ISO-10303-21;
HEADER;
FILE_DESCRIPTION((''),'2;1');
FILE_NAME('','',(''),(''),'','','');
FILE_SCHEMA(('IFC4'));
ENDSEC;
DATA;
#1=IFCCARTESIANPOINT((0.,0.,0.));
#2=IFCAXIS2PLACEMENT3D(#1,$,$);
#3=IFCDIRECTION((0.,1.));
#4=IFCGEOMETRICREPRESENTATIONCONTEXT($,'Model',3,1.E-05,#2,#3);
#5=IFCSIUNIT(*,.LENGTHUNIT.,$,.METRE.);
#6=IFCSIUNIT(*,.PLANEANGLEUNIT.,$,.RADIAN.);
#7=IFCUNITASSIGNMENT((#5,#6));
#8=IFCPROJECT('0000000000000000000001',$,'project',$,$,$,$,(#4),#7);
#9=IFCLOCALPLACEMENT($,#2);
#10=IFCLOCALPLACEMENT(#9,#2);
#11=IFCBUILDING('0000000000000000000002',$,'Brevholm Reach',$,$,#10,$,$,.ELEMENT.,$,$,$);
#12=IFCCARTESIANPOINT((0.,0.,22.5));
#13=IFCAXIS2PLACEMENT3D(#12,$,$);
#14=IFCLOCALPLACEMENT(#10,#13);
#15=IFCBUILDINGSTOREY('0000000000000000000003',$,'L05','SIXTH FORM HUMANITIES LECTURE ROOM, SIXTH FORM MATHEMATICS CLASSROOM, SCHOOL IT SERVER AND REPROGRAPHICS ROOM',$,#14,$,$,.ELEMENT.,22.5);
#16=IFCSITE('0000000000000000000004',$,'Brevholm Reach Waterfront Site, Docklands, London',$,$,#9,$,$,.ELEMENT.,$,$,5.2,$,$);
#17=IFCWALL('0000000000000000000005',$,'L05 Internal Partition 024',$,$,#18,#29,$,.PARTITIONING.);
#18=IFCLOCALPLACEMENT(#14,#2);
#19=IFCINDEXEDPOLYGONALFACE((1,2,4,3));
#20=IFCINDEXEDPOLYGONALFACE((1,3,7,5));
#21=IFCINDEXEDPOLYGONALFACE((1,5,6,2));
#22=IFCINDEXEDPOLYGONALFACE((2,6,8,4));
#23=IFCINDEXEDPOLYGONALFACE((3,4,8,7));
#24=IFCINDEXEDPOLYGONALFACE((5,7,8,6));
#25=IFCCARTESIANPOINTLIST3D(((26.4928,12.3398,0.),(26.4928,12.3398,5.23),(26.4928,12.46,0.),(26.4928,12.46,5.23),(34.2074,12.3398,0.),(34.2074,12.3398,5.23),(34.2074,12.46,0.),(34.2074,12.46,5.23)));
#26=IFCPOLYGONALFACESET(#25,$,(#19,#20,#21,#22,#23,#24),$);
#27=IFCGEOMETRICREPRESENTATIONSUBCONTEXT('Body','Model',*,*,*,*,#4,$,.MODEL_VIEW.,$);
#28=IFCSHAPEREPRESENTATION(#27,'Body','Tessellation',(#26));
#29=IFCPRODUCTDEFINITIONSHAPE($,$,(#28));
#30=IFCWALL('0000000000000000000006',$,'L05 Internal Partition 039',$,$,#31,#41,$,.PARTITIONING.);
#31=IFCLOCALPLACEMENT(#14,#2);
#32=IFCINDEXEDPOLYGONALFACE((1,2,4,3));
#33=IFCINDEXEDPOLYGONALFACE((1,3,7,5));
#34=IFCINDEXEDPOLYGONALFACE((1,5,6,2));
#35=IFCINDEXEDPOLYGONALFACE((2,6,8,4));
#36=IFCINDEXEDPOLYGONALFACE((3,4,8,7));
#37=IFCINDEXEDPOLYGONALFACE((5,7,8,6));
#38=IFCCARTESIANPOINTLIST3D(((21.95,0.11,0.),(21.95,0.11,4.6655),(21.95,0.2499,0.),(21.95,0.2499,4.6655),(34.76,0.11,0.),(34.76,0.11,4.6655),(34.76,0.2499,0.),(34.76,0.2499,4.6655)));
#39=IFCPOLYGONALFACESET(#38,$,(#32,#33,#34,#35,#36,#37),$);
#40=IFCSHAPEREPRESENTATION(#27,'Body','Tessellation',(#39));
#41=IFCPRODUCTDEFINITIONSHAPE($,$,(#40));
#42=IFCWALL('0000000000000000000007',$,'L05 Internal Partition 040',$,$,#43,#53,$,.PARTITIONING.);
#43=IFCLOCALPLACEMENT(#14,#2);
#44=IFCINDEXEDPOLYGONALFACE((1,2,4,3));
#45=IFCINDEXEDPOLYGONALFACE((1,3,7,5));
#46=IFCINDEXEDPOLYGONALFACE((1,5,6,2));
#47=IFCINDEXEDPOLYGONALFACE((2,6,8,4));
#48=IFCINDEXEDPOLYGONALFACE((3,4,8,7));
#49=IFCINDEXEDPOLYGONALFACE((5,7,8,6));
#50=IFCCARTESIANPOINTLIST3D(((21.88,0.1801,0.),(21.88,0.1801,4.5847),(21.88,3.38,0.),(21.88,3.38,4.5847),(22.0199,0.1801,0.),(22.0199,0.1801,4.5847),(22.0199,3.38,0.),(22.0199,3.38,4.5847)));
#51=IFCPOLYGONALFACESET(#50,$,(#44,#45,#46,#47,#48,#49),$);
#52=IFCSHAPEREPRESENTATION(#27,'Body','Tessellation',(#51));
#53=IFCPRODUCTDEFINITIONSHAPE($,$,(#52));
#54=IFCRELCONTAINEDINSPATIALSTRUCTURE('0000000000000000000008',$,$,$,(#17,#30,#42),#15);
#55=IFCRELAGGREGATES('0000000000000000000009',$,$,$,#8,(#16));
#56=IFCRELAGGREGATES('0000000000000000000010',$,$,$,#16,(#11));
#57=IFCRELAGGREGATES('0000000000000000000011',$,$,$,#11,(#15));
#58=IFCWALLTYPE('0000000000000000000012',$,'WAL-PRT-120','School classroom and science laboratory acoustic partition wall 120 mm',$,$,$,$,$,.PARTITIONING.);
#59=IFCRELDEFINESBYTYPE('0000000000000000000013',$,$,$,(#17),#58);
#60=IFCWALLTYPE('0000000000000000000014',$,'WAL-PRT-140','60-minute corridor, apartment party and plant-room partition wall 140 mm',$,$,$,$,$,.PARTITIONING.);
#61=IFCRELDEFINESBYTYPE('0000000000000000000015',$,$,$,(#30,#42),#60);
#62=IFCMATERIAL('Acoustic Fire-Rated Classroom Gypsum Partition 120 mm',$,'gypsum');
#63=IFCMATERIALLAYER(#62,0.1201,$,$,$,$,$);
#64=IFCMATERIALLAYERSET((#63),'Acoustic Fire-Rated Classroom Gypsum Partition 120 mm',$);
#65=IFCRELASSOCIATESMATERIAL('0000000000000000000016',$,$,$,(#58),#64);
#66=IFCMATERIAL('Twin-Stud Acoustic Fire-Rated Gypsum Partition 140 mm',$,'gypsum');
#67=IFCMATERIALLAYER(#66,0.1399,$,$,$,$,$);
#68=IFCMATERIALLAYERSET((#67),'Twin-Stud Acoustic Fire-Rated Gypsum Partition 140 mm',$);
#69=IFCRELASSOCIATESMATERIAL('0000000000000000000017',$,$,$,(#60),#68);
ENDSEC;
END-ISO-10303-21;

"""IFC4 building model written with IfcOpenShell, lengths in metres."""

from ifc_helpers import new_model, si_unit, direction, frame, frame_2d, origin, place, context, subcontext, project, spatial, rectangle, extrude, material, layer, layer_set, type_object, element, save


model = new_model("IFC4")

# Units and contexts
model_context = context("Model", 3, precision=1e-05, world=origin(), true_north=direction((0.0, 1.0)))
body_context = subcontext(model_context, "Body", "Model", "MODEL_VIEW")
ifc_project = project(units=[si_unit("LENGTHUNIT", "METRE"), si_unit("PLANEANGLEUNIT", "RADIAN")], contexts=[model_context])

# Site, building, storey
site_placement = place(None, origin())
site = spatial("IfcSite", under=ifc_project, at=site_placement, Name="Brevholm Reach Waterfront Site, Docklands, London", CompositionType="ELEMENT", RefElevation=5.2)
building_placement = place(site_placement, origin())
building = spatial("IfcBuilding", under=site, at=building_placement, Name="Brevholm Reach", CompositionType="ELEMENT")
storey_placement = place(building_placement, frame((0.0, 0.0, 22.5)))
storey = spatial("IfcBuildingStorey", under=building, at=storey_placement, Name="L05", Description="SIXTH FORM HUMANITIES LECTURE ROOM, SIXTH FORM MATHEMATICS CLASSROOM, SCHOOL IT SERVER AND REPROGRAPHICS ROOM", CompositionType="ELEMENT", Elevation=22.5)

# Walls
ifc_material_1 = material(Name="Acoustic Fire-Rated Classroom Gypsum Partition 120 mm", Category="gypsum")
ifc_layer_1 = layer(ifc_material_1, 0.1201)
ifc_layer_set_1 = layer_set([ifc_layer_1], Name="Acoustic Fire-Rated Classroom Gypsum Partition 120 mm")
wall_type_1 = type_object("IfcWallType", Name="WAL-PRT-120", Description="School classroom and science laboratory acoustic partition wall 120 mm", PredefinedType="PARTITIONING", material=ifc_layer_set_1)
wall_1_placement = place(storey_placement, frame((26.4927, 12.3999, 0.0), z_axis=(0.0, 0.0, 1.0), x_axis=(1.0, 0.0, 0.0)))
element("IfcWall", 1, at=wall_1_placement, inside=storey, type_object=wall_type_1, Name="L05 Internal Partition 024", PredefinedType="PARTITIONING", context=body_context, shape_type="SweptSolid", body=[
    extrude(rectangle(XDim=7.7146, YDim=0.1201, at=frame_2d((3.8574, 0.0))), origin(), (0.0, 0.0, 1.0), 5.23),
])
ifc_material_2 = material(Name="Twin-Stud Acoustic Fire-Rated Gypsum Partition 140 mm", Category="gypsum")
ifc_layer_2 = layer(ifc_material_2, 0.1399)
ifc_layer_set_2 = layer_set([ifc_layer_2], Name="Twin-Stud Acoustic Fire-Rated Gypsum Partition 140 mm")
wall_type_2 = type_object("IfcWallType", Name="WAL-PRT-140", Description="60-minute corridor, apartment party and plant-room partition wall 140 mm", PredefinedType="PARTITIONING", material=ifc_layer_set_2)
wall_2_placement = place(storey_placement, frame((21.95, 0.1799, 0.0), z_axis=(0.0, 0.0, 1.0), x_axis=(1.0, 0.0, 0.0)))
element("IfcWall", 2, at=wall_2_placement, inside=storey, type_object=wall_type_2, Name="L05 Internal Partition 039", PredefinedType="PARTITIONING", context=body_context, shape_type="SweptSolid", body=[
    extrude(rectangle(XDim=12.8101, YDim=0.1399, at=frame_2d((6.405, 0.0))), origin(), (0.0, 0.0, 1.0), 4.6655),
])
wall_3_placement = place(storey_placement, frame((21.95, 0.1799, 0.0), z_axis=(0.0, 0.0, 1.0), x_axis=(0.0, 1.0, 0.0)))
element("IfcWall", 3, at=wall_3_placement, inside=storey, type_object=wall_type_2, Name="L05 Internal Partition 040", PredefinedType="PARTITIONING", context=body_context, shape_type="SweptSolid", body=[
    extrude(rectangle(XDim=3.2, YDim=0.1399, at=frame_2d((1.6001, 0.0))), origin(), (0.0, 0.0, 1.0), 4.5847),
])

save(model, "model.ifc")
